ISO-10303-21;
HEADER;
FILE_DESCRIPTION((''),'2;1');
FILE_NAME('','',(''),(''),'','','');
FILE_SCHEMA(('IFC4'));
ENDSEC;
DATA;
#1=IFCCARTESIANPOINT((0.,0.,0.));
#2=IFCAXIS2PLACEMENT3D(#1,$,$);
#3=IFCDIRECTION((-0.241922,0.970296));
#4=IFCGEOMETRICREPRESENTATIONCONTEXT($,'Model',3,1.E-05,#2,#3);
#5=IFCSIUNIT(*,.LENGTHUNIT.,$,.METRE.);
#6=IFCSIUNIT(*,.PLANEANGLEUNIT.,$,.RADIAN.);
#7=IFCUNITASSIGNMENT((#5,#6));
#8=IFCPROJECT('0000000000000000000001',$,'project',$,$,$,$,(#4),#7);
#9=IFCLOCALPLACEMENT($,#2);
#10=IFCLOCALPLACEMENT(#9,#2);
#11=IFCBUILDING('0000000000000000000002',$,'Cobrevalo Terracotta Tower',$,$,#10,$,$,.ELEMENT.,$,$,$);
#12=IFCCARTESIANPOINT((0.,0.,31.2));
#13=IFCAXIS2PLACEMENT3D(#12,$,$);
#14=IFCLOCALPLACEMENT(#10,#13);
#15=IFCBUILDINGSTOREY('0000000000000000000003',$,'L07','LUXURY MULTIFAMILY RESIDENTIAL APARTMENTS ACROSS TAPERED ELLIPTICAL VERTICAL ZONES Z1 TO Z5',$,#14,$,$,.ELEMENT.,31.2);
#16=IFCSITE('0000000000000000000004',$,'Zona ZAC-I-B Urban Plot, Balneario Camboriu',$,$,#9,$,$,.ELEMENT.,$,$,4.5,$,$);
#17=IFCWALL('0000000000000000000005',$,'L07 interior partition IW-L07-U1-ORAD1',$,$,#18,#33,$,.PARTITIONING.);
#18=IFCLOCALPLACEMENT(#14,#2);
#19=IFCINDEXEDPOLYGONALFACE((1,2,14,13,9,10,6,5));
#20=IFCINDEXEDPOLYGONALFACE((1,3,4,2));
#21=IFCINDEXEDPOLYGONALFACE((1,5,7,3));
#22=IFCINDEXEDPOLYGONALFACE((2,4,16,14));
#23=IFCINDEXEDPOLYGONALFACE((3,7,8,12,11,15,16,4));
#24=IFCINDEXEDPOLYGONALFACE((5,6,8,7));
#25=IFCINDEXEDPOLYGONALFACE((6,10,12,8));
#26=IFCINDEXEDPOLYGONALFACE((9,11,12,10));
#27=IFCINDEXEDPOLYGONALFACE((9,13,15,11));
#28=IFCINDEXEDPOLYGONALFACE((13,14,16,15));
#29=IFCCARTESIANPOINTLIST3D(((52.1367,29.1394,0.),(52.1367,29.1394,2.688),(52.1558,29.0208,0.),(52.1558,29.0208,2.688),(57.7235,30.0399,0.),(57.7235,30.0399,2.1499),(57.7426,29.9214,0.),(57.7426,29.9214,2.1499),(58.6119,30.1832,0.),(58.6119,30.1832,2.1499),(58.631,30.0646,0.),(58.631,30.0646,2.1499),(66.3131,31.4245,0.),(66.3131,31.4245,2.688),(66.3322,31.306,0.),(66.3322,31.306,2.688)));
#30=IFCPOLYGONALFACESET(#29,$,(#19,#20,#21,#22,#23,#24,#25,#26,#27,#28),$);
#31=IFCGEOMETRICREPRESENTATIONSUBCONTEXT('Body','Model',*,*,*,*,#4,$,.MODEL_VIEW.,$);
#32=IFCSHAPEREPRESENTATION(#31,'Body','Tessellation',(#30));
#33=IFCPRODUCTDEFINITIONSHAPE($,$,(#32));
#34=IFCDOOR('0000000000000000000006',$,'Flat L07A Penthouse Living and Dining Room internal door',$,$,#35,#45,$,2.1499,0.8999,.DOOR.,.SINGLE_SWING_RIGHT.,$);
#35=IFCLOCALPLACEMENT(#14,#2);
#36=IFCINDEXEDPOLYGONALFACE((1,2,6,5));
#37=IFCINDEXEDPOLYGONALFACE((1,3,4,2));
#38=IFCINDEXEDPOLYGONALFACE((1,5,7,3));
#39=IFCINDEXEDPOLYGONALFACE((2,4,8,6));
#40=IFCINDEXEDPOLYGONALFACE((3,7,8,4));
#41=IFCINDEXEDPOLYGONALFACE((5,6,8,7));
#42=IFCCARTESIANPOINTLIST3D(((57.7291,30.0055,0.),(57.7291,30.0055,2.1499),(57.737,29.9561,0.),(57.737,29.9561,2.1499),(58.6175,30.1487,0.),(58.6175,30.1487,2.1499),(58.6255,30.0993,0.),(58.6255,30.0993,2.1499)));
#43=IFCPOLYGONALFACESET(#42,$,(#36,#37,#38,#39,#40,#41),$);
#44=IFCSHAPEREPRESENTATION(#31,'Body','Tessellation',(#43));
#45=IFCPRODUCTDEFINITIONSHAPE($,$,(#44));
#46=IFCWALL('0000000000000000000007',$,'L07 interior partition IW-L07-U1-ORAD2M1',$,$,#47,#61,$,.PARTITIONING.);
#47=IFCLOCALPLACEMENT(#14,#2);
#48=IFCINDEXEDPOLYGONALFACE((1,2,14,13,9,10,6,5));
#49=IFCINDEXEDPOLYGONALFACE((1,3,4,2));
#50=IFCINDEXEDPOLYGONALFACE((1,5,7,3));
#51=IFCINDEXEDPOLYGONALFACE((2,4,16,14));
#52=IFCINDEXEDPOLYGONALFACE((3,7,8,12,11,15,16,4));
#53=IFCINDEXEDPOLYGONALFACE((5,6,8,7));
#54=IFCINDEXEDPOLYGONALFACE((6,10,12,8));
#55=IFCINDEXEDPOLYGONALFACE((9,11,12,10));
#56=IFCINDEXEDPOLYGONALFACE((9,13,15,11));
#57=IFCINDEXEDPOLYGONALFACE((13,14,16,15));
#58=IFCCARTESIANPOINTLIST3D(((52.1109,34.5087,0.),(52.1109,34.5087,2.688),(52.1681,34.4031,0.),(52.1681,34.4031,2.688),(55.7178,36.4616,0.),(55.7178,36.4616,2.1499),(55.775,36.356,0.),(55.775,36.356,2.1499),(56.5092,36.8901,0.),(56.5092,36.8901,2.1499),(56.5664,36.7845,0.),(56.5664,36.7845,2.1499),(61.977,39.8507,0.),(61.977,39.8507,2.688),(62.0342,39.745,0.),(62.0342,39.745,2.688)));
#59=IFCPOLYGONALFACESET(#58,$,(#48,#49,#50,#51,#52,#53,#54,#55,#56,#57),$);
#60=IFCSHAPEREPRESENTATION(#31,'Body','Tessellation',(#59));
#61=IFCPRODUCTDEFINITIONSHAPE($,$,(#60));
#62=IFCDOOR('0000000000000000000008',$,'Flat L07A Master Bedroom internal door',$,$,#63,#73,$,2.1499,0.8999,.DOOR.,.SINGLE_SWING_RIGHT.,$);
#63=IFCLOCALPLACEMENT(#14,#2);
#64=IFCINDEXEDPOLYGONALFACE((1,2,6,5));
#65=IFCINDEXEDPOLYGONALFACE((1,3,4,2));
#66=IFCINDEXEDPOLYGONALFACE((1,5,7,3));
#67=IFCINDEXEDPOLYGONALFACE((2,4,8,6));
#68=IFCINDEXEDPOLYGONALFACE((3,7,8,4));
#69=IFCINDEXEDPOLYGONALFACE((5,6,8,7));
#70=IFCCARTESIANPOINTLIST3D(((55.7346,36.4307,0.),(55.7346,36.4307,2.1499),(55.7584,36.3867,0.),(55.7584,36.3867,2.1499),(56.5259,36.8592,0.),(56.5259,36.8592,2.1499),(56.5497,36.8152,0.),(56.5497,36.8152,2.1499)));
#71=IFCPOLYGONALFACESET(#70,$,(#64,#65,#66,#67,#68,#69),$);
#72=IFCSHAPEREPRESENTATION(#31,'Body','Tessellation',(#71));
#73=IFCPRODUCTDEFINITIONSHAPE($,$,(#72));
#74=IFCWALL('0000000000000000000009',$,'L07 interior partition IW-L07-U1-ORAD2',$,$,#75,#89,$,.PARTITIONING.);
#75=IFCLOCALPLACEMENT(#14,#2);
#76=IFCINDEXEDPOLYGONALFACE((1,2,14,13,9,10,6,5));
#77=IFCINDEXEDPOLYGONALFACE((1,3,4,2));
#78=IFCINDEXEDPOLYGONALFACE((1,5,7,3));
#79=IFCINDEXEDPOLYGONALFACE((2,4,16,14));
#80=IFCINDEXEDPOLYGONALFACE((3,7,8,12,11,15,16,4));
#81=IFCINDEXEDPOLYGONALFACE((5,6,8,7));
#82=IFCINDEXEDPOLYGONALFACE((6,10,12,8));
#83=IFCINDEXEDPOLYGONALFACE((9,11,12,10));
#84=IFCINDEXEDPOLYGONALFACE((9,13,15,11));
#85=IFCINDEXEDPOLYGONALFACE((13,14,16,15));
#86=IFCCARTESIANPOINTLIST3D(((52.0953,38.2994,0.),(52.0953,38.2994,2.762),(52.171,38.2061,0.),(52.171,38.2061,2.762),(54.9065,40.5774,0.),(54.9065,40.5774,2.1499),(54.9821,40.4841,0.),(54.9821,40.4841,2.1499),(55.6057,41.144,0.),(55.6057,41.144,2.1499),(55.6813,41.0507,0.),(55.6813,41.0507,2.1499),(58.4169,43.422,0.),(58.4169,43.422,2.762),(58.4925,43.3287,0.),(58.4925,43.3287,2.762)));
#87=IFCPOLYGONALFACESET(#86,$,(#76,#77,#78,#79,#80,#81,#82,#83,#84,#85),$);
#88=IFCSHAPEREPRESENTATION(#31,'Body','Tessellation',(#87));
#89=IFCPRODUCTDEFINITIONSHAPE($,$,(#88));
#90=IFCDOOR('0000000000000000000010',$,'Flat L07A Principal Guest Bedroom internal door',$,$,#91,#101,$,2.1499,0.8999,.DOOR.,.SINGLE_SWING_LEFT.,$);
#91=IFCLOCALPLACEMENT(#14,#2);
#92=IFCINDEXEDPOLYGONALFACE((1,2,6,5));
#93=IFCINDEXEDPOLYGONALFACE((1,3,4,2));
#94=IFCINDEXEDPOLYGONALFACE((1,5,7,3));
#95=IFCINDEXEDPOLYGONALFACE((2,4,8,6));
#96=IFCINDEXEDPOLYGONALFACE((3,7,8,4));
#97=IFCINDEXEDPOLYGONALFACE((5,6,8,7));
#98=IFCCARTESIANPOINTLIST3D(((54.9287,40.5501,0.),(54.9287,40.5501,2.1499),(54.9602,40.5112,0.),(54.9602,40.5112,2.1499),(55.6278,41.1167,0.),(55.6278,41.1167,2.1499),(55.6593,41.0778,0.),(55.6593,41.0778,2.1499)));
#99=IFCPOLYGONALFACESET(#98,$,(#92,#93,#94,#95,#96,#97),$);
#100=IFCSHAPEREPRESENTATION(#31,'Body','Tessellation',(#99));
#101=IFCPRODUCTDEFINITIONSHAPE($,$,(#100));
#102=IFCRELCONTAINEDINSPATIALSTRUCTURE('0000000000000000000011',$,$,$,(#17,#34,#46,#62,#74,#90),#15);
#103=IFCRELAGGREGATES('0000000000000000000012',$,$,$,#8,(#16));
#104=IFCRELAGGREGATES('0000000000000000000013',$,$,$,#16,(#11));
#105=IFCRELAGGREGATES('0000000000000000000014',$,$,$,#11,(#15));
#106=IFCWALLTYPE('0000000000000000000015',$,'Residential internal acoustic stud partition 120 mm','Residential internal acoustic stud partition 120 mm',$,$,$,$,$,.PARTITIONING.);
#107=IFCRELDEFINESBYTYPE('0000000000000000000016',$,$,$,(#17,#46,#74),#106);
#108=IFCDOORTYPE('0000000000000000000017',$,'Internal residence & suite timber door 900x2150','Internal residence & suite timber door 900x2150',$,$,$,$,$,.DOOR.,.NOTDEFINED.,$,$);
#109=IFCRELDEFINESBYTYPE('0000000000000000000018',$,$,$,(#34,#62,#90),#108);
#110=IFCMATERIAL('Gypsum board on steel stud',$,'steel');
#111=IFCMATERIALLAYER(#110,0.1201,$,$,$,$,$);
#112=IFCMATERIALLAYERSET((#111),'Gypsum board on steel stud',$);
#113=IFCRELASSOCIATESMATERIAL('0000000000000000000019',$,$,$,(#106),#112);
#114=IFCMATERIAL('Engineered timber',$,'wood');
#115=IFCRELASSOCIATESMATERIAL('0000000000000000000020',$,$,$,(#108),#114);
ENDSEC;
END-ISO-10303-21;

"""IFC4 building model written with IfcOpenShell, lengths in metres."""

from ifc_helpers import new_model, si_unit, direction, frame, frame_2d, origin, place, context, subcontext, project, spatial, rectangle, extrude, source, transform, mapped, material, layer, layer_set, type_object, element, fill, save


model = new_model("IFC4")

# Units and contexts
model_context = context("Model", 3, precision=1e-05, world=origin(), true_north=direction((-0.241922, 0.970296)))
body_context = subcontext(model_context, "Body", "Model", "MODEL_VIEW")
ifc_project = project(units=[si_unit("LENGTHUNIT", "METRE"), si_unit("PLANEANGLEUNIT", "RADIAN")], contexts=[model_context])

# Site, building, storey
site_placement = place(None, origin())
site = spatial("IfcSite", under=ifc_project, at=site_placement, Name="Zona ZAC-I-B Urban Plot, Balneario Camboriu", CompositionType="ELEMENT", RefElevation=4.5)
building_placement = place(site_placement, origin())
building = spatial("IfcBuilding", under=site, at=building_placement, Name="Cobrevalo Terracotta Tower", CompositionType="ELEMENT")
storey_placement = place(building_placement, frame((0.0, 0.0, 31.2)))
storey = spatial("IfcBuildingStorey", under=building, at=storey_placement, Name="L07", Description="LUXURY MULTIFAMILY RESIDENTIAL APARTMENTS ACROSS TAPERED ELLIPTICAL VERTICAL ZONES Z1 TO Z5", CompositionType="ELEMENT", Elevation=31.2)

# Walls, openings, doors
ifc_material_1 = material(Name="Gypsum board on steel stud", Category="steel")
ifc_layer_1 = layer(ifc_material_1, 0.1201)
ifc_layer_set_1 = layer_set([ifc_layer_1], Name="Gypsum board on steel stud")
wall_type_1 = type_object("IfcWallType", Name="Residential internal acoustic stud partition 120 mm", Description="Residential internal acoustic stud partition 120 mm", PredefinedType="PARTITIONING", material=ifc_layer_set_1)
wall_1_placement = place(storey_placement, frame((52.1462, 29.0801, 0.0), z_axis=(0.0, 0.0, 1.0), x_axis=(0.987256, 0.159142, 0.0)))
wall_1 = element("IfcWall", 1, at=wall_1_placement, inside=storey, type_object=wall_type_1, Name="L07 interior partition IW-L07-U1-ORAD1", PredefinedType="PARTITIONING", context=body_context, shape_type="SweptSolid", body=[
    extrude(rectangle(XDim=14.3594, YDim=0.1201, at=frame_2d((7.1797, 0.0))), origin(), (0.0, 0.0, 1.0), 2.688),
])
opening_1_placement = place(wall_1_placement, frame((5.6589, 0.0, 0.0)))
opening_1 = element("IfcOpeningElement", 2, at=opening_1_placement, cuts=wall_1, PredefinedType="OPENING", context=body_context, shape_type="SweptSolid", body=[
    extrude(rectangle(XDim=0.8999, YDim=2.1499, at=frame_2d((0.45, 1.075))), frame((0.0, 0.0701, 0.0), z_axis=(0.0, -1.0, 0.0), x_axis=(1.0, 0.0, 0.0)), (0.0, 0.0, 1.0), 0.1401),
])
ifc_material_2 = material(Name="Engineered timber", Category="wood")
door_type_1 = type_object("IfcDoorType", Name="Internal residence & suite timber door 900x2150", Description="Internal residence & suite timber door 900x2150", OperationType="NOTDEFINED", PredefinedType="DOOR", material=ifc_material_2)
shared_shape_1 = source(origin(), body_context, "Body", "SweptSolid", [
    extrude(rectangle(XDim=0.8999, YDim=2.1499, at=frame_2d((0.45, 1.075))), frame((0.0, 0.0249, 0.0), z_axis=(0.0, -1.0, 0.0), x_axis=(1.0, 0.0, 0.0)), (0.0, 0.0, 1.0), 0.05),
])
door_1_placement = place(opening_1_placement, frame((0.8999, 0.0, 0.0), z_axis=(0.0, 0.0, 1.0), x_axis=(-1.0, 0.0, 0.0)))
door_1 = element("IfcDoor", 3, at=door_1_placement, inside=storey, type_object=door_type_1, Name="Flat L07A Penthouse Living and Dining Room internal door", OperationType="SINGLE_SWING_RIGHT", OverallHeight=2.1499, OverallWidth=0.8999, PredefinedType="DOOR", context=body_context, shape_type="MappedRepresentation", body=[
    mapped(shared_shape_1, transform((0.0, 0.0, 0.0), scale=1.0)),
])
fill(opening_1, door_1)
wall_2_placement = place(storey_placement, frame((52.1394, 34.4558, 0.0), z_axis=(0.0, 0.0, 1.0), x_axis=(0.879372, 0.476135, 0.0)))
wall_2 = element("IfcWall", 4, at=wall_2_placement, inside=storey, type_object=wall_type_1, Name="L07 interior partition IW-L07-U1-ORAD2M1", PredefinedType="PARTITIONING", context=body_context, shape_type="SweptSolid", body=[
    extrude(rectangle(XDim=11.2195, YDim=0.1201, at=frame_2d((5.6099, 0.0))), origin(), (0.0, 0.0, 1.0), 2.688),
])
opening_2_placement = place(wall_2_placement, frame((4.1018, 0.0, 0.0)))
opening_2 = element("IfcOpeningElement", 5, at=opening_2_placement, cuts=wall_2, PredefinedType="OPENING", context=body_context, shape_type="SweptSolid", body=[
    extrude(rectangle(XDim=0.8999, YDim=2.1499, at=frame_2d((0.45, 1.075))), frame((0.0, 0.0701, 0.0), z_axis=(0.0, -1.0, 0.0), x_axis=(1.0, 0.0, 0.0)), (0.0, 0.0, 1.0), 0.1401),
])
door_2_placement = place(opening_2_placement, origin())
door_2 = element("IfcDoor", 6, at=door_2_placement, inside=storey, type_object=door_type_1, Name="Flat L07A Master Bedroom internal door", OperationType="SINGLE_SWING_RIGHT", OverallHeight=2.1499, OverallWidth=0.8999, PredefinedType="DOOR", context=body_context, shape_type="MappedRepresentation", body=[
    mapped(shared_shape_1, transform((0.0, 0.0, 0.0), scale=1.0)),
])
fill(opening_2, door_2)
wall_3_placement = place(storey_placement, frame((52.1331, 38.2527, 0.0), z_axis=(0.0, 0.0, 1.0), x_axis=(0.776937, 0.629579, 0.0)))
wall_3 = element("IfcWall", 7, at=wall_3_placement, inside=storey, type_object=wall_type_1, Name="L07 interior partition IW-L07-U1-ORAD2", PredefinedType="PARTITIONING", context=body_context, shape_type="SweptSolid", body=[
    extrude(rectangle(XDim=8.1365, YDim=0.1201, at=frame_2d((4.0684, 0.0))), origin(), (0.0, 0.0, 1.0), 2.762),
])
opening_3_placement = place(wall_3_placement, frame((3.6184, 0.0, 0.0)))
opening_3 = element("IfcOpeningElement", 8, at=opening_3_placement, cuts=wall_3, PredefinedType="OPENING", context=body_context, shape_type="SweptSolid", body=[
    extrude(rectangle(XDim=0.8999, YDim=2.1499, at=frame_2d((0.45, 1.075))), frame((0.0, 0.0701, 0.0), z_axis=(0.0, -1.0, 0.0), x_axis=(1.0, 0.0, 0.0)), (0.0, 0.0, 1.0), 0.1401),
])
door_3_placement = place(opening_3_placement, origin())
door_3 = element("IfcDoor", 9, at=door_3_placement, inside=storey, type_object=door_type_1, Name="Flat L07A Principal Guest Bedroom internal door", OperationType="SINGLE_SWING_LEFT", OverallHeight=2.1499, OverallWidth=0.8999, PredefinedType="DOOR", context=body_context, shape_type="MappedRepresentation", body=[
    mapped(shared_shape_1, transform((0.0, 0.0, 0.0), scale=1.0)),
])
fill(opening_3, door_3)

save(model, "model.ifc")
